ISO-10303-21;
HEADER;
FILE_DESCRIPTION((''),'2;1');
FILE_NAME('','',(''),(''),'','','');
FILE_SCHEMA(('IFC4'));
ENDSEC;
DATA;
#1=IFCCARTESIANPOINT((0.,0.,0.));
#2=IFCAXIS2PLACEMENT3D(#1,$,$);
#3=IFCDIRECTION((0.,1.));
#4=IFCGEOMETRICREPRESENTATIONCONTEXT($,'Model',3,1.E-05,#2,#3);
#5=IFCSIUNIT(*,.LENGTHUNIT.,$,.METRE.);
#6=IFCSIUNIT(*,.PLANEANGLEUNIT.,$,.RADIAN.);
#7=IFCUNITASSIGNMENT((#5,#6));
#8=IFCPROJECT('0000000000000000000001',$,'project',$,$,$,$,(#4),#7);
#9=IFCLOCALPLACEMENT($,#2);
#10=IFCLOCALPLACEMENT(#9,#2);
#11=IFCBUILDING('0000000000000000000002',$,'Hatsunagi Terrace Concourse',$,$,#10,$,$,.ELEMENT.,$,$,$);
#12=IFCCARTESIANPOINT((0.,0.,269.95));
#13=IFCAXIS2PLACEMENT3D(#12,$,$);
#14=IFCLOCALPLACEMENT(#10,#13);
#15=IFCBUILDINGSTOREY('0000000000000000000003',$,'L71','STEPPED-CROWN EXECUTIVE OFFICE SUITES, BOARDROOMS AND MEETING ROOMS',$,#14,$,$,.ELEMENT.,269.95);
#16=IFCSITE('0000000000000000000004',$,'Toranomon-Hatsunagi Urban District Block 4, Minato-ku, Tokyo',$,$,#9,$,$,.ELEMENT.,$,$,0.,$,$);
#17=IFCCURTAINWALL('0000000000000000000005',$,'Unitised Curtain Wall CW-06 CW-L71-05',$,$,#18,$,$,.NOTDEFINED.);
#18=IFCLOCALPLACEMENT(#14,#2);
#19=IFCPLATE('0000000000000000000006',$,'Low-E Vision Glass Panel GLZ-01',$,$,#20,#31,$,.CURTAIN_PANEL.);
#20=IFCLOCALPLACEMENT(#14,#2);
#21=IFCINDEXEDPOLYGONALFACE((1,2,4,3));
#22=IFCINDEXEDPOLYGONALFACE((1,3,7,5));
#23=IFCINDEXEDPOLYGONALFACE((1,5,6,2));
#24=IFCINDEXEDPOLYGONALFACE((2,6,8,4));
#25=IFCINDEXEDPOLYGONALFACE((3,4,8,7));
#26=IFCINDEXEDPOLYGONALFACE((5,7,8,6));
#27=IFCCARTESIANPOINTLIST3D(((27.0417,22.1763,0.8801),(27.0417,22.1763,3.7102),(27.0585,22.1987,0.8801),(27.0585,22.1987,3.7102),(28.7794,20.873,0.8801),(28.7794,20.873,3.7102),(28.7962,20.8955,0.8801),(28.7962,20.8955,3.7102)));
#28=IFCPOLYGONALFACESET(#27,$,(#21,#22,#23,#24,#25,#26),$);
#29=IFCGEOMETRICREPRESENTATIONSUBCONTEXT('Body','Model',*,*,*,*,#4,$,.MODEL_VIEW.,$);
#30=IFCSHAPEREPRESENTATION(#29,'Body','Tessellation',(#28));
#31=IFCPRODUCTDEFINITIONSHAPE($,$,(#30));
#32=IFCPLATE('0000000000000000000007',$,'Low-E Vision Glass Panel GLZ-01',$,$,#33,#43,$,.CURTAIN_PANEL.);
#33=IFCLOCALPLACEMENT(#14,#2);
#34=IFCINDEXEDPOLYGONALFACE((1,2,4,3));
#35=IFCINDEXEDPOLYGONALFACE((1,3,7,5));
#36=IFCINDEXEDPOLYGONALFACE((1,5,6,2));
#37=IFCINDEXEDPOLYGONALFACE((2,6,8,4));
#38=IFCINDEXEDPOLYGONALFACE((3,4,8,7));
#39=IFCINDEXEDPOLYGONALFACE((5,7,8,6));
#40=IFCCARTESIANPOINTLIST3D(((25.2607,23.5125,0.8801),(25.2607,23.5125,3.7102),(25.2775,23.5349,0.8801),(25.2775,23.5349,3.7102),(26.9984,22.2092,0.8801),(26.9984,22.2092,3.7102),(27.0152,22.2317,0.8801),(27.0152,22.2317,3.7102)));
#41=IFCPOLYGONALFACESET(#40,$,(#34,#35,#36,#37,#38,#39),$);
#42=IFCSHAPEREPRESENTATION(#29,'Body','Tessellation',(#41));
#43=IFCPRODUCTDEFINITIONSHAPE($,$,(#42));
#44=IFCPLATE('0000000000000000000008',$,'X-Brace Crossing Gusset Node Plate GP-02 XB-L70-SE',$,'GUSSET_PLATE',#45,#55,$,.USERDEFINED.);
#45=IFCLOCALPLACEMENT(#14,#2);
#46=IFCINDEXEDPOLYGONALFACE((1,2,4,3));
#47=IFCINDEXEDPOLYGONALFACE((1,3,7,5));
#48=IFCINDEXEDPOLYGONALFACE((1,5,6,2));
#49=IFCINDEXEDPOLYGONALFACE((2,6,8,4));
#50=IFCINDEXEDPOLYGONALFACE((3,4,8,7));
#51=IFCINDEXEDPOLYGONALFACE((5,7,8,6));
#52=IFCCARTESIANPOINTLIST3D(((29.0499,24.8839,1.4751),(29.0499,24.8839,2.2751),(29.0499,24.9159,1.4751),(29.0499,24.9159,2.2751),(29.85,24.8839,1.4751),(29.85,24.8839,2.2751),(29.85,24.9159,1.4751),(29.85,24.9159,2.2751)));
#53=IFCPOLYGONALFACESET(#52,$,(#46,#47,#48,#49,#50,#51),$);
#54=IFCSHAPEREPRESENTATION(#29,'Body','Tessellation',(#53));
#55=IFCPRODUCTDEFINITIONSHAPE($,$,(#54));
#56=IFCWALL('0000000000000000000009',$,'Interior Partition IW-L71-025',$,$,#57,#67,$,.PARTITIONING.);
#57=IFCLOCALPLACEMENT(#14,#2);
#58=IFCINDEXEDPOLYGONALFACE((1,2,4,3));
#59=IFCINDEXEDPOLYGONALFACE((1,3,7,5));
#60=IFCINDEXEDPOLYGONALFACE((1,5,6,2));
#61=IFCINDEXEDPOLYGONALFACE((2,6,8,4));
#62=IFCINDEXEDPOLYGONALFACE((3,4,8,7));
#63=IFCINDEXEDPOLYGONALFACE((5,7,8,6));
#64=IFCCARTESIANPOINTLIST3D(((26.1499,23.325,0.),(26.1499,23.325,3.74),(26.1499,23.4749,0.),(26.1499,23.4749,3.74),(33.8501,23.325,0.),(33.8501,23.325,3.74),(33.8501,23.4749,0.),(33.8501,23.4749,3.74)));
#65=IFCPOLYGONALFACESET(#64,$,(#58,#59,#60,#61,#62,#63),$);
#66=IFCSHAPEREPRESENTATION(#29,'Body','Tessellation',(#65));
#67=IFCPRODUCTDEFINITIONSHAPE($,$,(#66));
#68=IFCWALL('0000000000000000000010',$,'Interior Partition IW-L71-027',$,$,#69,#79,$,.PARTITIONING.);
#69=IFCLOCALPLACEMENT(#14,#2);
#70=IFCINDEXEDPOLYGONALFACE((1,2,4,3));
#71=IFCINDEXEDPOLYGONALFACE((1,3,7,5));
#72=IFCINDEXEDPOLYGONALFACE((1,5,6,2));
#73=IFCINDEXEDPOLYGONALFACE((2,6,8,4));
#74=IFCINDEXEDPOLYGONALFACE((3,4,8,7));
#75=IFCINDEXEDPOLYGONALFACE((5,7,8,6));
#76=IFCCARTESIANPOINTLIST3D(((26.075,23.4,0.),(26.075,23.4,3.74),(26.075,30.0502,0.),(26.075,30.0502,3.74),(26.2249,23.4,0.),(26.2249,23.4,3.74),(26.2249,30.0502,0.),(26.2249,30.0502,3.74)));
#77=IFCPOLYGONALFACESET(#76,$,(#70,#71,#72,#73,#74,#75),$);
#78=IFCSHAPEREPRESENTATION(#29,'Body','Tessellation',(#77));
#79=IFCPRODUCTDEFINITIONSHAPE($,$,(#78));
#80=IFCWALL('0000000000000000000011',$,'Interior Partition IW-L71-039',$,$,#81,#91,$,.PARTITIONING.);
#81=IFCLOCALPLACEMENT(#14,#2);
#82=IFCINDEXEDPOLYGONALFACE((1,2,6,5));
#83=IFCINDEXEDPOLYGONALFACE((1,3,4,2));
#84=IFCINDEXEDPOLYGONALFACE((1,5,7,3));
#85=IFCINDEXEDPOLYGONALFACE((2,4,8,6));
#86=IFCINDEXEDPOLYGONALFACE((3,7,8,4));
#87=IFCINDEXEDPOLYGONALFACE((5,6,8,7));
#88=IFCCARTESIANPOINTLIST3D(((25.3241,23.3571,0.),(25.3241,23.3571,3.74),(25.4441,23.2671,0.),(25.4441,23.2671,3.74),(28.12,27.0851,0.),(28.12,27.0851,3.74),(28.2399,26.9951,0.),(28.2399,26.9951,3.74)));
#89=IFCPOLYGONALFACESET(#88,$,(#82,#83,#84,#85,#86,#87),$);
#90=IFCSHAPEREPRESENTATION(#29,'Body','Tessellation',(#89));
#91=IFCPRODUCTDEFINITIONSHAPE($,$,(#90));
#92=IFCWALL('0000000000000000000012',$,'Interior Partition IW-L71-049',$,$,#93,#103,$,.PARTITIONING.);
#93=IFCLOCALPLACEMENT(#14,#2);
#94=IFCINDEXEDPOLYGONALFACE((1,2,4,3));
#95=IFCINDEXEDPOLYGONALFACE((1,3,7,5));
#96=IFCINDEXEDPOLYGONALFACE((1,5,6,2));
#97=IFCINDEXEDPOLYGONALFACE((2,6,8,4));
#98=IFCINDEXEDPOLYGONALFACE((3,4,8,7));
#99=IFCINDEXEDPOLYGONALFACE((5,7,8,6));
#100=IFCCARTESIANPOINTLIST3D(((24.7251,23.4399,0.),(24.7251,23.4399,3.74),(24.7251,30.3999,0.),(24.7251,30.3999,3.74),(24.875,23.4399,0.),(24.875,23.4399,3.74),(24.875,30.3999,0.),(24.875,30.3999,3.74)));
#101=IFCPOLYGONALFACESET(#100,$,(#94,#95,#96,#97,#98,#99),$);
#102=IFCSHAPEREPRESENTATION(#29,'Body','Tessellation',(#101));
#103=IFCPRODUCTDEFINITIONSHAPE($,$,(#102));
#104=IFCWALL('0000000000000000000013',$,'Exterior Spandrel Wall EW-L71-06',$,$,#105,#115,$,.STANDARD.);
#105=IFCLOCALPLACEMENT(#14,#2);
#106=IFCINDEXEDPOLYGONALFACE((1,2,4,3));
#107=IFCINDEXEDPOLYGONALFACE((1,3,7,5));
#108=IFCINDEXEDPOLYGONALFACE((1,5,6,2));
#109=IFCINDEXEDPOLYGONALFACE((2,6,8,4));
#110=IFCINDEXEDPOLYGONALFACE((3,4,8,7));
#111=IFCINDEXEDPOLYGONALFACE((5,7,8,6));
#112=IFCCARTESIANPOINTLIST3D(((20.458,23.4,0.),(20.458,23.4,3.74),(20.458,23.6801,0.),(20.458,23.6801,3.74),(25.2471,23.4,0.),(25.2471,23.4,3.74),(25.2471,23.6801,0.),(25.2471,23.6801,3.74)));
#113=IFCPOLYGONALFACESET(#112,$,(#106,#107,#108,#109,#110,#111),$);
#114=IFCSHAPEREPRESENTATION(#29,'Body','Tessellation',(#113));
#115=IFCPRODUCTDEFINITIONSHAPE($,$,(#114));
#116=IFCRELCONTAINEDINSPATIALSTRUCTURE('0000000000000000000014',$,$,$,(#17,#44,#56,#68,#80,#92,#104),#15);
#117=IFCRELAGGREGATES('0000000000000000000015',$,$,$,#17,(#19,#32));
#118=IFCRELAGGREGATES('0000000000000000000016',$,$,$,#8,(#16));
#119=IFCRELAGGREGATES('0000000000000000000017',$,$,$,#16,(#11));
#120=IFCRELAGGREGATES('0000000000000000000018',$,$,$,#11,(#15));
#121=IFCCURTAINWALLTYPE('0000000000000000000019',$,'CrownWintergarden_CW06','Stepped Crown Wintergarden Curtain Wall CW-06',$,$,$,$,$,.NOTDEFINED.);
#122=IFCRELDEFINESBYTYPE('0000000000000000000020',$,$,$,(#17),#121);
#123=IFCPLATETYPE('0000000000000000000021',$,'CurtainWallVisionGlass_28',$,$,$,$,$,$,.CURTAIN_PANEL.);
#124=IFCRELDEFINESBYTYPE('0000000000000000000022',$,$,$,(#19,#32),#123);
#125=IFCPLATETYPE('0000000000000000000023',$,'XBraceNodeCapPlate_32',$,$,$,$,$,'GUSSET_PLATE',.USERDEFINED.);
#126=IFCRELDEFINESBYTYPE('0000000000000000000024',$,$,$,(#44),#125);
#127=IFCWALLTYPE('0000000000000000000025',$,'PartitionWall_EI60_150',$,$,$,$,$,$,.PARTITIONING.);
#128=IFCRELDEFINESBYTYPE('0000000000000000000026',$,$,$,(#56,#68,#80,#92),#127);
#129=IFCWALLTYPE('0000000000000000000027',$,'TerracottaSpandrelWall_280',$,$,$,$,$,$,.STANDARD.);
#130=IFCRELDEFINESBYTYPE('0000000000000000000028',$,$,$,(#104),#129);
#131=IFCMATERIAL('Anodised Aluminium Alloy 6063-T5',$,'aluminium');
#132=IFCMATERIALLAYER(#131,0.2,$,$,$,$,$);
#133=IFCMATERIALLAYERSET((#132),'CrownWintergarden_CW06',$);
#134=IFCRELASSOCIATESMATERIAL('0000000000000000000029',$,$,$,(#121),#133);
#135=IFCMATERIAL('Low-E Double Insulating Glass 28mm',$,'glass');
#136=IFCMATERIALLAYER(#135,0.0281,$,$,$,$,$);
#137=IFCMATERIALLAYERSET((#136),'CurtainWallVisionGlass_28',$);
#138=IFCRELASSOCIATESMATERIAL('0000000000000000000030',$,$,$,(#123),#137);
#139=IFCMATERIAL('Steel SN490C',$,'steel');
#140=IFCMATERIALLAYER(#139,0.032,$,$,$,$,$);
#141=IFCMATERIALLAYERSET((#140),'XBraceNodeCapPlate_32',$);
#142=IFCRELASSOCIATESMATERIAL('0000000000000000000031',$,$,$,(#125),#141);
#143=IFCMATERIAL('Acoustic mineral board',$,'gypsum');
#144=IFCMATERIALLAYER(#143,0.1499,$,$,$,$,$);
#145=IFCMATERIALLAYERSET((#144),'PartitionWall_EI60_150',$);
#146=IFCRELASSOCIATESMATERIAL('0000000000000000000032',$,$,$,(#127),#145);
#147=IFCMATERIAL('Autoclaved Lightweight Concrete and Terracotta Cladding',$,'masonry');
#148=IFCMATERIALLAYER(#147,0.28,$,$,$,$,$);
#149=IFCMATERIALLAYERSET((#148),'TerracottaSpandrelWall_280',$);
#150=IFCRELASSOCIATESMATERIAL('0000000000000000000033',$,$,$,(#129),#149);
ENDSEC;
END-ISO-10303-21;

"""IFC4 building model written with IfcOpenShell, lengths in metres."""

from ifc_helpers import new_model, si_unit, direction, frame, frame_2d, origin, origin_2d, place, context, subcontext, project, spatial, rectangle, extrude, material, layer, layer_set, type_object, element, aggregate, save


model = new_model("IFC4")

# Units and contexts
model_context = context("Model", 3, precision=1e-05, world=origin(), true_north=direction((0.0, 1.0)))
body_context = subcontext(model_context, "Body", "Model", "MODEL_VIEW")
ifc_project = project(units=[si_unit("LENGTHUNIT", "METRE"), si_unit("PLANEANGLEUNIT", "RADIAN")], contexts=[model_context])

# Site, building, storey
site_placement = place(None, origin())
site = spatial("IfcSite", under=ifc_project, at=site_placement, Name="Toranomon-Hatsunagi Urban District Block 4, Minato-ku, Tokyo", CompositionType="ELEMENT", RefElevation=0.0)
building_placement = place(site_placement, origin())
building = spatial("IfcBuilding", under=site, at=building_placement, Name="Hatsunagi Terrace Concourse", CompositionType="ELEMENT")
storey_placement = place(building_placement, frame((0.0, 0.0, 269.95)))
storey = spatial("IfcBuildingStorey", under=building, at=storey_placement, Name="L71", Description="STEPPED-CROWN EXECUTIVE OFFICE SUITES, BOARDROOMS AND MEETING ROOMS", CompositionType="ELEMENT", Elevation=269.95)

# Curtain wall
ifc_material_1 = material(Name="Anodised Aluminium Alloy 6063-T5", Category="aluminium")
ifc_layer_1 = layer(ifc_material_1, 0.2)
ifc_layer_set_1 = layer_set([ifc_layer_1], Name="CrownWintergarden_CW06")
curtain_wall_type = type_object("IfcCurtainWallType", Name="CrownWintergarden_CW06", Description="Stepped Crown Wintergarden Curtain Wall CW-06", PredefinedType="NOTDEFINED", material=ifc_layer_set_1)
curtain_wall_placement = place(storey_placement, origin())
curtain_wall = element("IfcCurtainWall", 1, at=curtain_wall_placement, inside=storey, type_object=curtain_wall_type, Name="Unitised Curtain Wall CW-06 CW-L71-05", PredefinedType="NOTDEFINED")

# Plates
ifc_material_2 = material(Name="Low-E Double Insulating Glass 28mm", Category="glass")
ifc_layer_2 = layer(ifc_material_2, 0.0281)
ifc_layer_set_2 = layer_set([ifc_layer_2], Name="CurtainWallVisionGlass_28")
plate_type_1 = type_object("IfcPlateType", Name="CurtainWallVisionGlass_28", PredefinedType="CURTAIN_PANEL", material=ifc_layer_set_2)
plate_1_placement = place(storey_placement, frame((27.9189, 21.5359, 0.8801), z_axis=(0.0, 0.0, 1.0), x_axis=(-0.800007, 0.59999, 0.0)))
plate_1 = element("IfcPlate", 2, at=plate_1_placement, type_object=plate_type_1, Name="Low-E Vision Glass Panel GLZ-01", PredefinedType="CURTAIN_PANEL", context=body_context, shape_type="SweptSolid", body=[
    extrude(rectangle(XDim=2.1721, YDim=0.0281, at=origin_2d()), origin(), (0.0, 0.0, 1.0), 2.8301),
])
plate_2_placement = place(storey_placement, frame((26.1379, 22.8721, 0.8801), z_axis=(0.0, 0.0, 1.0), x_axis=(-0.800007, 0.59999, 0.0)))
plate_2 = element("IfcPlate", 3, at=plate_2_placement, type_object=plate_type_1, Name="Low-E Vision Glass Panel GLZ-01", PredefinedType="CURTAIN_PANEL", context=body_context, shape_type="SweptSolid", body=[
    extrude(rectangle(XDim=2.1721, YDim=0.0281, at=origin_2d()), origin(), (0.0, 0.0, 1.0), 2.8301),
])
aggregate(curtain_wall, [plate_1, plate_2])
ifc_material_3 = material(Name="Steel SN490C", Category="steel")
ifc_layer_3 = layer(ifc_material_3, 0.032)
ifc_layer_set_3 = layer_set([ifc_layer_3], Name="XBraceNodeCapPlate_32")
plate_type_2 = type_object("IfcPlateType", Name="XBraceNodeCapPlate_32", ElementType="GUSSET_PLATE", PredefinedType="USERDEFINED", material=ifc_layer_set_3)
plate_3_placement = place(storey_placement, frame((29.45, 24.8999, 1.4751), z_axis=(0.0, 0.0, 1.0), x_axis=(1.0, 0.0, 0.0)))
element("IfcPlate", 4, at=plate_3_placement, inside=storey, type_object=plate_type_2, Name="X-Brace Crossing Gusset Node Plate GP-02 XB-L70-SE", ObjectType="GUSSET_PLATE", PredefinedType="USERDEFINED", context=body_context, shape_type="SweptSolid", body=[
    extrude(rectangle(XDim=0.8, YDim=0.032, at=origin_2d()), origin(), (0.0, 0.0, 1.0), 0.8),
])

# Walls
ifc_material_4 = material(Name="Acoustic mineral board", Category="gypsum")
ifc_layer_4 = layer(ifc_material_4, 0.1499)
ifc_layer_set_4 = layer_set([ifc_layer_4], Name="PartitionWall_EI60_150")
wall_type_1 = type_object("IfcWallType", Name="PartitionWall_EI60_150", PredefinedType="PARTITIONING", material=ifc_layer_set_4)
wall_1_placement = place(storey_placement, frame((26.1499, 23.3999, 0.0), z_axis=(0.0, 0.0, 1.0), x_axis=(1.0, 0.0, 0.0)))
element("IfcWall", 5, at=wall_1_placement, inside=storey, type_object=wall_type_1, Name="Interior Partition IW-L71-025", PredefinedType="PARTITIONING", context=body_context, shape_type="SweptSolid", body=[
    extrude(rectangle(XDim=7.7002, YDim=0.1499, at=frame_2d((3.8501, 0.0))), origin(), (0.0, 0.0, 1.0), 3.74),
])
wall_2_placement = place(storey_placement, frame((26.1499, 23.3999, 0.0), z_axis=(0.0, 0.0, 1.0), x_axis=(0.0, 1.0, 0.0)))
element("IfcWall", 6, at=wall_2_placement, inside=storey, type_object=wall_type_1, Name="Interior Partition IW-L71-027", PredefinedType="PARTITIONING", context=body_context, shape_type="SweptSolid", body=[
    extrude(rectangle(XDim=6.6501, YDim=0.1499, at=frame_2d((3.3252, 0.0))), origin(), (0.0, 0.0, 1.0), 3.74),
])
wall_3_placement = place(storey_placement, frame((25.384, 23.312, 0.0), z_axis=(0.0, 0.0, 1.0), x_axis=(0.599983, 0.800013, 0.0)))
element("IfcWall", 7, at=wall_3_placement, inside=storey, type_object=wall_type_1, Name="Interior Partition IW-L71-039", PredefinedType="PARTITIONING", context=body_context, shape_type="SweptSolid", body=[
    extrude(rectangle(XDim=4.6599, YDim=0.1499, at=frame_2d((2.3301, 0.0))), origin(), (0.0, 0.0, 1.0), 3.74),
])
wall_4_placement = place(storey_placement, frame((24.8, 23.4399, 0.0), z_axis=(0.0, 0.0, 1.0), x_axis=(0.0, 1.0, 0.0)))
element("IfcWall", 8, at=wall_4_placement, inside=storey, type_object=wall_type_1, Name="Interior Partition IW-L71-049", PredefinedType="PARTITIONING", context=body_context, shape_type="SweptSolid", body=[
    extrude(rectangle(XDim=6.96, YDim=0.1499, at=frame_2d((3.48, 0.0))), origin(), (0.0, 0.0, 1.0), 3.74),
])
ifc_material_5 = material(Name="Autoclaved Lightweight Concrete and Terracotta Cladding", Category="masonry")
ifc_layer_5 = layer(ifc_material_5, 0.28)
ifc_layer_set_5 = layer_set([ifc_layer_5], Name="TerracottaSpandrelWall_280")
wall_type_2 = type_object("IfcWallType", Name="TerracottaSpandrelWall_280", PredefinedType="STANDARD", material=ifc_layer_set_5)
wall_5_placement = place(storey_placement, frame((25.2471, 23.54, 0.0), z_axis=(0.0, 0.0, 1.0), x_axis=(-1.0, 0.0, 0.0)))
element("IfcWall", 9, at=wall_5_placement, inside=storey, type_object=wall_type_2, Name="Exterior Spandrel Wall EW-L71-06", PredefinedType="STANDARD", context=body_context, shape_type="SweptSolid", body=[
    extrude(rectangle(XDim=4.7891, YDim=0.28, at=frame_2d((2.3945, 0.0))), origin(), (0.0, 0.0, 1.0), 3.74),
])

save(model, "model.ifc")
